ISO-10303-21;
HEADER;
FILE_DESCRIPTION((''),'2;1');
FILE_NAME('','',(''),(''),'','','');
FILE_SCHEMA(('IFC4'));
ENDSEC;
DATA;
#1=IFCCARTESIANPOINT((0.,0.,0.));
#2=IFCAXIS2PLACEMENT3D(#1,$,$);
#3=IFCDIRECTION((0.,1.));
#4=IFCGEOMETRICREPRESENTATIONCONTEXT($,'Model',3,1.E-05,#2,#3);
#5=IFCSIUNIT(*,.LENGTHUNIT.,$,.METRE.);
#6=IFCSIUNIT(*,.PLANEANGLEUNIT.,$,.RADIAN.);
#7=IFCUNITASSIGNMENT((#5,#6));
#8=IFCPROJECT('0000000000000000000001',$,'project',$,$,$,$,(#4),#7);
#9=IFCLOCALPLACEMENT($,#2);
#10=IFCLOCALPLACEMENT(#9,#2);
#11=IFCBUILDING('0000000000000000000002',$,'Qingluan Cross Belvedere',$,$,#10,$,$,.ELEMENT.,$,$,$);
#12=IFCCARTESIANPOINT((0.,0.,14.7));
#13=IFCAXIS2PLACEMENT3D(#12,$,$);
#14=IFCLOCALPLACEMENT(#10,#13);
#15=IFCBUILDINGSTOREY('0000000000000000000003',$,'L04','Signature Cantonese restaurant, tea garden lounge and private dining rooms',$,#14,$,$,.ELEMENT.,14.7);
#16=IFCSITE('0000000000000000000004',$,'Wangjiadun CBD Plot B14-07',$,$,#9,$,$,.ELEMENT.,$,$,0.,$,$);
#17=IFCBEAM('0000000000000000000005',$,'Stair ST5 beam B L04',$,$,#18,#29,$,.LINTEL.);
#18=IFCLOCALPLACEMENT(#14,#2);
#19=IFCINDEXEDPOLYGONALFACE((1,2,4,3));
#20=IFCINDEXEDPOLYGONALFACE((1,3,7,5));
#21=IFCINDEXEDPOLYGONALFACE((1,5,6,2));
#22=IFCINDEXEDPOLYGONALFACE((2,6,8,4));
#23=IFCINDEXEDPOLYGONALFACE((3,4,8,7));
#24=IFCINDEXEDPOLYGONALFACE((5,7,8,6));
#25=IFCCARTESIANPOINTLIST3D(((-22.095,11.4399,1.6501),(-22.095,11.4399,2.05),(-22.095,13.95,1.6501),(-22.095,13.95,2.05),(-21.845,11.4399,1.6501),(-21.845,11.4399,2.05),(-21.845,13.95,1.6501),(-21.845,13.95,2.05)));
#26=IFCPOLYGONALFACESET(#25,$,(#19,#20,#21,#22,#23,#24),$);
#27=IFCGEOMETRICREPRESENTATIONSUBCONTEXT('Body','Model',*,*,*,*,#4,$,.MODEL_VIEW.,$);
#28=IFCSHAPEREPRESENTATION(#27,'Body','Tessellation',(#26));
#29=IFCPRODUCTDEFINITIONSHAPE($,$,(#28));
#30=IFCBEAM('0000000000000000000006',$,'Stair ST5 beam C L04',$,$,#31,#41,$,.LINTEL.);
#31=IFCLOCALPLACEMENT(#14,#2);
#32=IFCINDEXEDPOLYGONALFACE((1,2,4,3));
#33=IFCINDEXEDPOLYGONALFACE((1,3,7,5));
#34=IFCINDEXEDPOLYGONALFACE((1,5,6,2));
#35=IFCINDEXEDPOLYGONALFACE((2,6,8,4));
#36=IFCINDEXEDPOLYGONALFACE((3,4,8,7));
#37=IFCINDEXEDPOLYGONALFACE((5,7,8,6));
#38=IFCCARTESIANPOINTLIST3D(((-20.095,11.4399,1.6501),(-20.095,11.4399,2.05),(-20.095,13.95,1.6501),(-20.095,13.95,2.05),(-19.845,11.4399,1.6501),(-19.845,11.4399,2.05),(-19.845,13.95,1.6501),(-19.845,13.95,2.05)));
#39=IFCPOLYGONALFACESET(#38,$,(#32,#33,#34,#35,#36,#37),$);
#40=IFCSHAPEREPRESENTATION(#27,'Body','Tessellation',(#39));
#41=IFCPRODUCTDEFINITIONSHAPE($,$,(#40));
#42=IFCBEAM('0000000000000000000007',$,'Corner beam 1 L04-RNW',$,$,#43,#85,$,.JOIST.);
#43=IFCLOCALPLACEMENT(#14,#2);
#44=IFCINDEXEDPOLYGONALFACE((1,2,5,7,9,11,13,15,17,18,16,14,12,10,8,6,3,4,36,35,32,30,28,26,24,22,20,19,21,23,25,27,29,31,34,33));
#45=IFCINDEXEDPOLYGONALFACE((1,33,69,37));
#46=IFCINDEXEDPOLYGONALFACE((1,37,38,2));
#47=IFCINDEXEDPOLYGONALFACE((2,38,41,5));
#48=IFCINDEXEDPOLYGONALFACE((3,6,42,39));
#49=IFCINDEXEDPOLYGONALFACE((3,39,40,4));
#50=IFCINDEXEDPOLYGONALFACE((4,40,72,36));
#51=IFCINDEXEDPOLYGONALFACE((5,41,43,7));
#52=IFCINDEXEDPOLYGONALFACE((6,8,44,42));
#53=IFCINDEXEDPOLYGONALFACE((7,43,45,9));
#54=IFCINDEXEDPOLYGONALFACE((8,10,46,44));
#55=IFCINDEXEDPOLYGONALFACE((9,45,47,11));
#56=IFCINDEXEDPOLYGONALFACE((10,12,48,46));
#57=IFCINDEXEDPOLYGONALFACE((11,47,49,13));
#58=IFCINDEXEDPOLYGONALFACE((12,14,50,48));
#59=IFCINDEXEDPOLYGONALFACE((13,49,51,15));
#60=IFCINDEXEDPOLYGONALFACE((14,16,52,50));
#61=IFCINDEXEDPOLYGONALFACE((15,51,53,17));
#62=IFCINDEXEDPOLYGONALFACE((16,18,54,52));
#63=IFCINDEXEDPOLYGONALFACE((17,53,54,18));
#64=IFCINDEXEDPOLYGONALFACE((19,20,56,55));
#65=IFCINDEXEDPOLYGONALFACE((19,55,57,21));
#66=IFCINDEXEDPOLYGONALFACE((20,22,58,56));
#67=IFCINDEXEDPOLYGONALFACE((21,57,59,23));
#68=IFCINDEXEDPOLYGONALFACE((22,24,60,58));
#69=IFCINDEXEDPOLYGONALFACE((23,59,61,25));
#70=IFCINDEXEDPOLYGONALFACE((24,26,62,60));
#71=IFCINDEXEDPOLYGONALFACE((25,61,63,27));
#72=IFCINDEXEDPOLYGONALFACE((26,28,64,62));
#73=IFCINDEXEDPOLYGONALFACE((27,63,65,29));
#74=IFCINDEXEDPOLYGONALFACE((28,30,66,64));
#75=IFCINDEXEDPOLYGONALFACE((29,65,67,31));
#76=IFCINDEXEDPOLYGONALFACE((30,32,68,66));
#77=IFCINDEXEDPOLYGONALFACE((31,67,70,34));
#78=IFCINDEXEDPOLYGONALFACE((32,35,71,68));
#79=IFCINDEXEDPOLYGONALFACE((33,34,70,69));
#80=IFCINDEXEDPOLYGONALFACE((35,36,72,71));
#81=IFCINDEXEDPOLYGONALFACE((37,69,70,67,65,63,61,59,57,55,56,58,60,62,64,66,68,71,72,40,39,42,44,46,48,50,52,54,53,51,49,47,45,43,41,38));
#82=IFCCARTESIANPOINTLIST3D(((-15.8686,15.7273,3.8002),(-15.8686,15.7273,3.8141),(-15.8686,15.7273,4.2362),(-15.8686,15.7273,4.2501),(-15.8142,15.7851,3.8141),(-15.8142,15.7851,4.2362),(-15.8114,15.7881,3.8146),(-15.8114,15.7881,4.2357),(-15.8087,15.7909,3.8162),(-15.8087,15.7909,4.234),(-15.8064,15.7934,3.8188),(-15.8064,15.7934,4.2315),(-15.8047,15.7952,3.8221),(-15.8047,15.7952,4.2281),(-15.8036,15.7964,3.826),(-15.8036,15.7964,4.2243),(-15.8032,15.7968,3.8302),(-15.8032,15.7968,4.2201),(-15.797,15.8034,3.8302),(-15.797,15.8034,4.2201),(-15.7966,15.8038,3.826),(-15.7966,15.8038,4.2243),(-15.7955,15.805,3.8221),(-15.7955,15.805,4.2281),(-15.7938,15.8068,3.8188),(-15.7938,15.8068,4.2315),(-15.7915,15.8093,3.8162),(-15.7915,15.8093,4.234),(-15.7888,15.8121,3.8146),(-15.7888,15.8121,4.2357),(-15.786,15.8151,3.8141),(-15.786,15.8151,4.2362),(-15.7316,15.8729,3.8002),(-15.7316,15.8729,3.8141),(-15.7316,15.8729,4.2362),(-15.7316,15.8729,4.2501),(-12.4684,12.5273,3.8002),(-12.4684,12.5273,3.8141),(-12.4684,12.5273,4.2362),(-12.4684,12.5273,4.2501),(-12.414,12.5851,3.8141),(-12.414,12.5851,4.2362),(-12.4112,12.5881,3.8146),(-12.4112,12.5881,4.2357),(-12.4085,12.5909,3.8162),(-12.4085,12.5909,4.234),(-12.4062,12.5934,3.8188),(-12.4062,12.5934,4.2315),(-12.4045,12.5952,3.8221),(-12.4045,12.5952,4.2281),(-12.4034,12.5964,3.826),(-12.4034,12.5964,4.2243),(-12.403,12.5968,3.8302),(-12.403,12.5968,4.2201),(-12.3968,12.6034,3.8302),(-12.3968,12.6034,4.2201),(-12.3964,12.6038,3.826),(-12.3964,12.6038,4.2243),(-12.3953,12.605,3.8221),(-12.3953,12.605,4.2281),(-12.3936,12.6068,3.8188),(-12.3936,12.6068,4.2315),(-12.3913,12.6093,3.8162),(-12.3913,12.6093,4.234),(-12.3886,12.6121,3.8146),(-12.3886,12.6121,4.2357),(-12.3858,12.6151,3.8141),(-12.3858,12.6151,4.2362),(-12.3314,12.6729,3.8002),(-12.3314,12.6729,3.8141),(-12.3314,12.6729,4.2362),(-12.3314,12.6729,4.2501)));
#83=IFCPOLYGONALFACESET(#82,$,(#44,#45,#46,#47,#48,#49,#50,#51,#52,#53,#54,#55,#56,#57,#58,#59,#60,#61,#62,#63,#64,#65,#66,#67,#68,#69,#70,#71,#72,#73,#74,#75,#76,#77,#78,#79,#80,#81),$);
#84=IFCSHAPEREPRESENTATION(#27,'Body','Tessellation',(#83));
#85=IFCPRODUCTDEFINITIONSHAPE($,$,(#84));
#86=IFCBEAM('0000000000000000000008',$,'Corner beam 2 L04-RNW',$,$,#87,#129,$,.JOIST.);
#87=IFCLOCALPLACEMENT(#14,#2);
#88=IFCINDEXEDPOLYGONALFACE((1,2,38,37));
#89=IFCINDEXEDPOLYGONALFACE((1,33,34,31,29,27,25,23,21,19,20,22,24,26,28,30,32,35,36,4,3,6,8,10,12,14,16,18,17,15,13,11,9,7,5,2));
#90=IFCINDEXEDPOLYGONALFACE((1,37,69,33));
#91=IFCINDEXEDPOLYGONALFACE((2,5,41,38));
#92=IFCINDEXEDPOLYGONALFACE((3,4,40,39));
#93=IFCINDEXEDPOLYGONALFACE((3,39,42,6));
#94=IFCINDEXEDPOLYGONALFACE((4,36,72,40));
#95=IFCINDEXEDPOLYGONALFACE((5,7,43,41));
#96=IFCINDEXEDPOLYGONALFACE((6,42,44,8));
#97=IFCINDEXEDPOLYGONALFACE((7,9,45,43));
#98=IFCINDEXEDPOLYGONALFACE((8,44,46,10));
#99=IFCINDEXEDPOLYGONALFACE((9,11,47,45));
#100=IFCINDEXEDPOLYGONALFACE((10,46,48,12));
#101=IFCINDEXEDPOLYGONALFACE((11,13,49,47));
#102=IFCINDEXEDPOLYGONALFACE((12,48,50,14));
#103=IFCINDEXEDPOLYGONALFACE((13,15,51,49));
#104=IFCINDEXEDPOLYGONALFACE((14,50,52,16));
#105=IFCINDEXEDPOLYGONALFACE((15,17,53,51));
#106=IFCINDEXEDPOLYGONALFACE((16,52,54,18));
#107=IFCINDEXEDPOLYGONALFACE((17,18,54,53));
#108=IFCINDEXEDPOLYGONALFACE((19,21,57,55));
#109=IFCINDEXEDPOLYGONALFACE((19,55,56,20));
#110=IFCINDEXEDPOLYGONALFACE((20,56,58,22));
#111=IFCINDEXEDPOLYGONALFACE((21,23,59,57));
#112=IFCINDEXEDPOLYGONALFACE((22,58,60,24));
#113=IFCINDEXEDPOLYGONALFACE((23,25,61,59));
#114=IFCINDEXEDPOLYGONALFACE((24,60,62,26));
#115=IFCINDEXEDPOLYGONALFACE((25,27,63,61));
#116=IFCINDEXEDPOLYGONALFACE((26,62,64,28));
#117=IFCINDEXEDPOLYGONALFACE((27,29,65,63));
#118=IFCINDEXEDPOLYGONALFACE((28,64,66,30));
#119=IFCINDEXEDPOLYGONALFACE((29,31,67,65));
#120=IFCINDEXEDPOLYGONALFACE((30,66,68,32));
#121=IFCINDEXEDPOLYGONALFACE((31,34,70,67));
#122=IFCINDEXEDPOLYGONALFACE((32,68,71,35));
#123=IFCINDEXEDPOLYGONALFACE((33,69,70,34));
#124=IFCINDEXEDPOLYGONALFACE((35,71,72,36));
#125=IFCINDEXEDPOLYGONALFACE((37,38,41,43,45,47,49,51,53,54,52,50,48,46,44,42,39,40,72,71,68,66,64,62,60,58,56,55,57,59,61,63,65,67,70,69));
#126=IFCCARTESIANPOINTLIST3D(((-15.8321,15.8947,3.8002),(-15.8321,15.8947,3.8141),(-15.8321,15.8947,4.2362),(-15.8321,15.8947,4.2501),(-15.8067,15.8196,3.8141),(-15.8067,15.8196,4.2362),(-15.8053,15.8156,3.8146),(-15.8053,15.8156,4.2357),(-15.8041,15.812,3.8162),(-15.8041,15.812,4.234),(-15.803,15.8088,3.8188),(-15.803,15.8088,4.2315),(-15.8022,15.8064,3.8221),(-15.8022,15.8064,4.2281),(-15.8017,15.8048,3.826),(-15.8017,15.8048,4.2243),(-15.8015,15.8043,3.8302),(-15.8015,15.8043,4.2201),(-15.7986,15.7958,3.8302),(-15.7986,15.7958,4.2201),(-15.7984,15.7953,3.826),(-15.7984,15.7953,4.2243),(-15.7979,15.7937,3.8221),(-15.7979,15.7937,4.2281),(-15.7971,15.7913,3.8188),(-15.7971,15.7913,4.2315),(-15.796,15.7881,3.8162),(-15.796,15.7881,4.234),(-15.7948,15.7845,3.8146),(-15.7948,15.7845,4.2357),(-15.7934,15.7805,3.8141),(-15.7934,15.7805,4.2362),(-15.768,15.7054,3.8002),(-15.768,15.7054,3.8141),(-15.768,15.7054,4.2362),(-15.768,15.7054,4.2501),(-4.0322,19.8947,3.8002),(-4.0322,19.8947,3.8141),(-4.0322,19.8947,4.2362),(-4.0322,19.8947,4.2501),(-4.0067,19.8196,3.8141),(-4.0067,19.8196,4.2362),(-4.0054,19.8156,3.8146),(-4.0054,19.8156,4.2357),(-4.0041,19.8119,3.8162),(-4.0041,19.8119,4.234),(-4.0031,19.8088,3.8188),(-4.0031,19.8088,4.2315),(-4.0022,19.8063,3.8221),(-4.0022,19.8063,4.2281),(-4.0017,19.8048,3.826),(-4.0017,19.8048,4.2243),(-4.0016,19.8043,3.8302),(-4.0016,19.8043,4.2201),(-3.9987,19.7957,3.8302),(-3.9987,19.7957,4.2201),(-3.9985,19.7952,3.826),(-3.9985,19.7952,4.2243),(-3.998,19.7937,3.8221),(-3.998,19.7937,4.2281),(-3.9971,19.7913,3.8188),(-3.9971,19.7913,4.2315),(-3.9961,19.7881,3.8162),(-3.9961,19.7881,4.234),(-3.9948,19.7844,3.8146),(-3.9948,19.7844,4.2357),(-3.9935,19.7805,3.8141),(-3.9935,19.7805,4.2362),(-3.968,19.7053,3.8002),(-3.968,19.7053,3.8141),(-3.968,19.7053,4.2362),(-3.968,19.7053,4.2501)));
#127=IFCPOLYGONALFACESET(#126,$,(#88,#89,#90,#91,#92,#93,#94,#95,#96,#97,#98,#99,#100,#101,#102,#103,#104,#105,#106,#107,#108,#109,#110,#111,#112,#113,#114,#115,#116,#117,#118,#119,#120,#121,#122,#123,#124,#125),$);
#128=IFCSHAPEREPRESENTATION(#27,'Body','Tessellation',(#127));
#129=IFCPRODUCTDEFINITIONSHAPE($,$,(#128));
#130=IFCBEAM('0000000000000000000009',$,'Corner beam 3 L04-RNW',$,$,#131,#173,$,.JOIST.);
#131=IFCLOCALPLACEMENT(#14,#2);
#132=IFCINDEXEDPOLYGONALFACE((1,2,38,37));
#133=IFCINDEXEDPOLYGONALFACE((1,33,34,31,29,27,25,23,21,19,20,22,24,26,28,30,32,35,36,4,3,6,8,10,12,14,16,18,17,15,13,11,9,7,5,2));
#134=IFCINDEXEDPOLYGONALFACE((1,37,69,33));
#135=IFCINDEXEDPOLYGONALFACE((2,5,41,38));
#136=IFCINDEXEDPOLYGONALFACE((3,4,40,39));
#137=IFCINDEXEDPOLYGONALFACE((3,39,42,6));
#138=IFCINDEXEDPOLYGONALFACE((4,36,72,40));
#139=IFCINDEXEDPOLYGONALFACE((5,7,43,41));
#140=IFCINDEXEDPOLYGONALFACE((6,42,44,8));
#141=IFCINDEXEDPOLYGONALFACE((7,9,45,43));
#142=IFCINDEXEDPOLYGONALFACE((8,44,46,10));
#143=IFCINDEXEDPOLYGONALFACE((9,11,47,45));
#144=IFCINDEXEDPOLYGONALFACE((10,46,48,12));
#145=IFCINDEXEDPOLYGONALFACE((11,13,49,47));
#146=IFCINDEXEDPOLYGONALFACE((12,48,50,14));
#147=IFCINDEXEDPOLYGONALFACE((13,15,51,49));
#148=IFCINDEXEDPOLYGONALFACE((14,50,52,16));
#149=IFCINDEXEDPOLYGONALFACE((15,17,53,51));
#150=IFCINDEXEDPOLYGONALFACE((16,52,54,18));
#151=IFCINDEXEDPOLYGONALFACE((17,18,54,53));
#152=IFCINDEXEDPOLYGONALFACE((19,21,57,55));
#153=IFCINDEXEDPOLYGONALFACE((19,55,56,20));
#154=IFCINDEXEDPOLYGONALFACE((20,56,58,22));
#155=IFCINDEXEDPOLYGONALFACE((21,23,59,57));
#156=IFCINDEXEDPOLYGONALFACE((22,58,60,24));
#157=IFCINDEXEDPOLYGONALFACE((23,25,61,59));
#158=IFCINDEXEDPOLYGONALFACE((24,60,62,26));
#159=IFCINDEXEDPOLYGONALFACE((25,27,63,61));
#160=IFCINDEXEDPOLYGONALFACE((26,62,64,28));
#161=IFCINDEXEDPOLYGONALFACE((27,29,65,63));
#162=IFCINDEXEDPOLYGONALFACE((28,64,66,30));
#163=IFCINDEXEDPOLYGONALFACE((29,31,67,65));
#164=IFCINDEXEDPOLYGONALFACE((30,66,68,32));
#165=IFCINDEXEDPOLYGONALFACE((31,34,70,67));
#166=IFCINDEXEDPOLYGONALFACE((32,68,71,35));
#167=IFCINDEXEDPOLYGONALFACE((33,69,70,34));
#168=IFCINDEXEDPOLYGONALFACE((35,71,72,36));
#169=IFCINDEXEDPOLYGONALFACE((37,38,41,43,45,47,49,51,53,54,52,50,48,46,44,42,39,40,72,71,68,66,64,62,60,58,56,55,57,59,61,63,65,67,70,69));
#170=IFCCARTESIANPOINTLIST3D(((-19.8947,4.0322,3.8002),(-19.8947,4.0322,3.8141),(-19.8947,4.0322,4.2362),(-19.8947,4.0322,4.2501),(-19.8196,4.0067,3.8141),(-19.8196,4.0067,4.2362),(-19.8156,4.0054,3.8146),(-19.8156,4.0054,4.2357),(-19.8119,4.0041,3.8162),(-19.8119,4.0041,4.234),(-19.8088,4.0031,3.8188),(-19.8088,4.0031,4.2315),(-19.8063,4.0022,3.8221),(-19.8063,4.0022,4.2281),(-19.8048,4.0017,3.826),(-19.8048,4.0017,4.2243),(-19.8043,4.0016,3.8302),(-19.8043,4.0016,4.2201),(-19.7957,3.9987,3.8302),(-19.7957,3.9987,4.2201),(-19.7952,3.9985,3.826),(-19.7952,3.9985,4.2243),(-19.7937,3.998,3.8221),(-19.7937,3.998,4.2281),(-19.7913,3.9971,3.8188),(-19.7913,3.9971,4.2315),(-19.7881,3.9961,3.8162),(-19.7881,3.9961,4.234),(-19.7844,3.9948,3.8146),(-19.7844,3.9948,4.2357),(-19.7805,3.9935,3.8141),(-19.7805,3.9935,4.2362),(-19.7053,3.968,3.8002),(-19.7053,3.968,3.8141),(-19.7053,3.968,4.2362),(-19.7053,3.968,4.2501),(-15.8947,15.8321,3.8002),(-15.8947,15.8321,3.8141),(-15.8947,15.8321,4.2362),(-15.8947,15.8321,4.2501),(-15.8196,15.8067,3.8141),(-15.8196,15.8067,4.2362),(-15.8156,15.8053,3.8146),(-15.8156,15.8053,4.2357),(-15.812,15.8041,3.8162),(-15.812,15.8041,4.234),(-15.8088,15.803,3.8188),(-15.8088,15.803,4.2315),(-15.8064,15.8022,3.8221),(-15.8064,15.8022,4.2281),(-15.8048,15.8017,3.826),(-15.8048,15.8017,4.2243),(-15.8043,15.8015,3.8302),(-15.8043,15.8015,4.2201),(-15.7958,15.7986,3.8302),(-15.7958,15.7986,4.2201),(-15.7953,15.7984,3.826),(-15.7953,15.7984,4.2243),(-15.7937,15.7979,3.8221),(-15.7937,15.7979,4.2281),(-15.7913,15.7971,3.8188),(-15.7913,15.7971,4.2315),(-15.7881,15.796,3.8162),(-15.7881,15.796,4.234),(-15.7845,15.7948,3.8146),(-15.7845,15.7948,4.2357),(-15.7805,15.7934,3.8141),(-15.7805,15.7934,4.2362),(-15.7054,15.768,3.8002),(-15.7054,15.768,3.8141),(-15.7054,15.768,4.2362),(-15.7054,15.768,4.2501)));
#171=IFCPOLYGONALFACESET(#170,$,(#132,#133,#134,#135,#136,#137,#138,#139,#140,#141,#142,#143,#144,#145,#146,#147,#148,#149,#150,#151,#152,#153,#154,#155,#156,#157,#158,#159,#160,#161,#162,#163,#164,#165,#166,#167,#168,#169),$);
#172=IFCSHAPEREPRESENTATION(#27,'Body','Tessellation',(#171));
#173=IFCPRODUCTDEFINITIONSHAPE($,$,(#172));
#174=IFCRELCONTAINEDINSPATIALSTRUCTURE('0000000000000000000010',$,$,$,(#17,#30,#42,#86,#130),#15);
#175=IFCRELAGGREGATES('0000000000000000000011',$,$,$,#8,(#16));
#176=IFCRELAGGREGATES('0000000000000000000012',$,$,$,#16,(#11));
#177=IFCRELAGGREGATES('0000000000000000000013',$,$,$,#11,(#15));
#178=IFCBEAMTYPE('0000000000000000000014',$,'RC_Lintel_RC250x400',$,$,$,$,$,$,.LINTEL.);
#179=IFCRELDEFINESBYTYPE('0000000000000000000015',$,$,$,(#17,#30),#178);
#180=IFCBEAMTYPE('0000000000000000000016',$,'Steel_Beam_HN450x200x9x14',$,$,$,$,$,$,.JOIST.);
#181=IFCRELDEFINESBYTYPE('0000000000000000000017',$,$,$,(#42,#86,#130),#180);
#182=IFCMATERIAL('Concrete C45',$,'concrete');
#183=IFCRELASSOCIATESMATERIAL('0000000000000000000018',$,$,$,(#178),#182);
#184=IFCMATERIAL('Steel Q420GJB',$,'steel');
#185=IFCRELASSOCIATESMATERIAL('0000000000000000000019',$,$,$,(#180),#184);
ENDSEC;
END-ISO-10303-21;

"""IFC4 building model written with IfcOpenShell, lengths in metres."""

from ifc_helpers import new_model, si_unit, direction, frame, origin, origin_2d, place, context, subcontext, project, spatial, rectangle, i_section, extrude, material, material_profile, profile_set, type_object, element, save


model = new_model("IFC4")

# Units and contexts
model_context = context("Model", 3, precision=1e-05, world=origin(), true_north=direction((0.0, 1.0)))
body_context = subcontext(model_context, "Body", "Model", "MODEL_VIEW")
ifc_project = project(units=[si_unit("LENGTHUNIT", "METRE"), si_unit("PLANEANGLEUNIT", "RADIAN")], contexts=[model_context])

# Site, building, storey
site_placement = place(None, origin())
site = spatial("IfcSite", under=ifc_project, at=site_placement, Name="Wangjiadun CBD Plot B14-07", CompositionType="ELEMENT", RefElevation=0.0)
building_placement = place(site_placement, origin())
building = spatial("IfcBuilding", under=site, at=building_placement, Name="Qingluan Cross Belvedere", CompositionType="ELEMENT")
storey_placement = place(building_placement, frame((0.0, 0.0, 14.7)))
storey = spatial("IfcBuildingStorey", under=building, at=storey_placement, Name="L04", Description="Signature Cantonese restaurant, tea garden lounge and private dining rooms", CompositionType="ELEMENT", Elevation=14.7)

# Beams
ifc_material_1 = material(Name="Concrete C45", Category="concrete")
ifc_material_profile_1 = material_profile(ifc_material_1, rectangle(XDim=0.25, YDim=0.3999, at=origin_2d()), Name="RC250x400")
ifc_profile_set_1 = profile_set([ifc_material_profile_1], Name="Concrete C45")
beam_type_1 = type_object("IfcBeamType", Name="RC_Lintel_RC250x400", PredefinedType="LINTEL", material=ifc_profile_set_1)
for number, where, z_axis, x_axis, name in (
    (1, (-21.97, 13.95, 1.8501), (0.0, -1.0, 0.0), (1.0, 0.0, 0.0), "Stair ST5 beam B L04"),
    (2, (-19.97, 13.95, 1.8501), (0.0, -1.0, 0.0), (1.0, 0.0, 0.0), "Stair ST5 beam C L04"),
):
    element("IfcBeam", number, at=place(storey_placement, frame(where, z_axis=z_axis, x_axis=x_axis)), inside=storey, type_object=beam_type_1, Name=name, PredefinedType="LINTEL", context=body_context, shape_type="SweptSolid", body=[
        extrude(rectangle(XDim=0.25, YDim=0.3999, at=origin_2d()), origin(), (0.0, 0.0, 1.0), 2.51),
    ])
ifc_material_2 = material(Name="Steel Q420GJB", Category="steel")
ifc_material_profile_2 = material_profile(ifc_material_2, i_section(OverallWidth=0.2, OverallDepth=0.45, WebThickness=0.009, FlangeThickness=0.0139, FilletRadius=0.0161, at=origin_2d()), Name="HN450x200x9x14")
ifc_profile_set_2 = profile_set([ifc_material_profile_2], Name="Steel Q420GJB")
beam_type_2 = type_object("IfcBeamType", Name="Steel_Beam_HN450x200x9x14", PredefinedType="JOIST", material=ifc_profile_set_2)
beam_1_placement = place(storey_placement, frame((-12.3999, 12.6001, 4.0251), z_axis=(-0.72822, 0.685343, 0.0), x_axis=(-0.685343, -0.72822, 0.0)))
element("IfcBeam", 3, at=beam_1_placement, inside=storey, type_object=beam_type_2, Name="Corner beam 1 L04-RNW", PredefinedType="JOIST", context=body_context, shape_type="SweptSolid", body=[
    extrude(i_section(OverallWidth=0.2, OverallDepth=0.45, WebThickness=0.009, FlangeThickness=0.0139, FilletRadius=0.0161, at=origin_2d()), origin(), (0.0, 0.0, 1.0), 4.6692),
])
for number, where, z_axis, x_axis, name in (
    (4, (-15.8, 15.8, 4.0251), (0.947066, 0.321038, 0.0), (-0.321038, 0.947066, 0.0), "Corner beam 2 L04-RNW"),
    (5, (-15.8, 15.8, 4.0251), (-0.321038, -0.947066, 0.0), (0.947066, -0.321038, 0.0), "Corner beam 3 L04-RNW"),
):
    element("IfcBeam", number, at=place(storey_placement, frame(where, z_axis=z_axis, x_axis=x_axis)), inside=storey, type_object=beam_type_2, Name=name, PredefinedType="JOIST", context=body_context, shape_type="SweptSolid", body=[
        extrude(i_section(OverallWidth=0.2, OverallDepth=0.45, WebThickness=0.009, FlangeThickness=0.0139, FilletRadius=0.0161, at=origin_2d()), origin(), (0.0, 0.0, 1.0), 12.4595),
    ])

save(model, "model.ifc")
